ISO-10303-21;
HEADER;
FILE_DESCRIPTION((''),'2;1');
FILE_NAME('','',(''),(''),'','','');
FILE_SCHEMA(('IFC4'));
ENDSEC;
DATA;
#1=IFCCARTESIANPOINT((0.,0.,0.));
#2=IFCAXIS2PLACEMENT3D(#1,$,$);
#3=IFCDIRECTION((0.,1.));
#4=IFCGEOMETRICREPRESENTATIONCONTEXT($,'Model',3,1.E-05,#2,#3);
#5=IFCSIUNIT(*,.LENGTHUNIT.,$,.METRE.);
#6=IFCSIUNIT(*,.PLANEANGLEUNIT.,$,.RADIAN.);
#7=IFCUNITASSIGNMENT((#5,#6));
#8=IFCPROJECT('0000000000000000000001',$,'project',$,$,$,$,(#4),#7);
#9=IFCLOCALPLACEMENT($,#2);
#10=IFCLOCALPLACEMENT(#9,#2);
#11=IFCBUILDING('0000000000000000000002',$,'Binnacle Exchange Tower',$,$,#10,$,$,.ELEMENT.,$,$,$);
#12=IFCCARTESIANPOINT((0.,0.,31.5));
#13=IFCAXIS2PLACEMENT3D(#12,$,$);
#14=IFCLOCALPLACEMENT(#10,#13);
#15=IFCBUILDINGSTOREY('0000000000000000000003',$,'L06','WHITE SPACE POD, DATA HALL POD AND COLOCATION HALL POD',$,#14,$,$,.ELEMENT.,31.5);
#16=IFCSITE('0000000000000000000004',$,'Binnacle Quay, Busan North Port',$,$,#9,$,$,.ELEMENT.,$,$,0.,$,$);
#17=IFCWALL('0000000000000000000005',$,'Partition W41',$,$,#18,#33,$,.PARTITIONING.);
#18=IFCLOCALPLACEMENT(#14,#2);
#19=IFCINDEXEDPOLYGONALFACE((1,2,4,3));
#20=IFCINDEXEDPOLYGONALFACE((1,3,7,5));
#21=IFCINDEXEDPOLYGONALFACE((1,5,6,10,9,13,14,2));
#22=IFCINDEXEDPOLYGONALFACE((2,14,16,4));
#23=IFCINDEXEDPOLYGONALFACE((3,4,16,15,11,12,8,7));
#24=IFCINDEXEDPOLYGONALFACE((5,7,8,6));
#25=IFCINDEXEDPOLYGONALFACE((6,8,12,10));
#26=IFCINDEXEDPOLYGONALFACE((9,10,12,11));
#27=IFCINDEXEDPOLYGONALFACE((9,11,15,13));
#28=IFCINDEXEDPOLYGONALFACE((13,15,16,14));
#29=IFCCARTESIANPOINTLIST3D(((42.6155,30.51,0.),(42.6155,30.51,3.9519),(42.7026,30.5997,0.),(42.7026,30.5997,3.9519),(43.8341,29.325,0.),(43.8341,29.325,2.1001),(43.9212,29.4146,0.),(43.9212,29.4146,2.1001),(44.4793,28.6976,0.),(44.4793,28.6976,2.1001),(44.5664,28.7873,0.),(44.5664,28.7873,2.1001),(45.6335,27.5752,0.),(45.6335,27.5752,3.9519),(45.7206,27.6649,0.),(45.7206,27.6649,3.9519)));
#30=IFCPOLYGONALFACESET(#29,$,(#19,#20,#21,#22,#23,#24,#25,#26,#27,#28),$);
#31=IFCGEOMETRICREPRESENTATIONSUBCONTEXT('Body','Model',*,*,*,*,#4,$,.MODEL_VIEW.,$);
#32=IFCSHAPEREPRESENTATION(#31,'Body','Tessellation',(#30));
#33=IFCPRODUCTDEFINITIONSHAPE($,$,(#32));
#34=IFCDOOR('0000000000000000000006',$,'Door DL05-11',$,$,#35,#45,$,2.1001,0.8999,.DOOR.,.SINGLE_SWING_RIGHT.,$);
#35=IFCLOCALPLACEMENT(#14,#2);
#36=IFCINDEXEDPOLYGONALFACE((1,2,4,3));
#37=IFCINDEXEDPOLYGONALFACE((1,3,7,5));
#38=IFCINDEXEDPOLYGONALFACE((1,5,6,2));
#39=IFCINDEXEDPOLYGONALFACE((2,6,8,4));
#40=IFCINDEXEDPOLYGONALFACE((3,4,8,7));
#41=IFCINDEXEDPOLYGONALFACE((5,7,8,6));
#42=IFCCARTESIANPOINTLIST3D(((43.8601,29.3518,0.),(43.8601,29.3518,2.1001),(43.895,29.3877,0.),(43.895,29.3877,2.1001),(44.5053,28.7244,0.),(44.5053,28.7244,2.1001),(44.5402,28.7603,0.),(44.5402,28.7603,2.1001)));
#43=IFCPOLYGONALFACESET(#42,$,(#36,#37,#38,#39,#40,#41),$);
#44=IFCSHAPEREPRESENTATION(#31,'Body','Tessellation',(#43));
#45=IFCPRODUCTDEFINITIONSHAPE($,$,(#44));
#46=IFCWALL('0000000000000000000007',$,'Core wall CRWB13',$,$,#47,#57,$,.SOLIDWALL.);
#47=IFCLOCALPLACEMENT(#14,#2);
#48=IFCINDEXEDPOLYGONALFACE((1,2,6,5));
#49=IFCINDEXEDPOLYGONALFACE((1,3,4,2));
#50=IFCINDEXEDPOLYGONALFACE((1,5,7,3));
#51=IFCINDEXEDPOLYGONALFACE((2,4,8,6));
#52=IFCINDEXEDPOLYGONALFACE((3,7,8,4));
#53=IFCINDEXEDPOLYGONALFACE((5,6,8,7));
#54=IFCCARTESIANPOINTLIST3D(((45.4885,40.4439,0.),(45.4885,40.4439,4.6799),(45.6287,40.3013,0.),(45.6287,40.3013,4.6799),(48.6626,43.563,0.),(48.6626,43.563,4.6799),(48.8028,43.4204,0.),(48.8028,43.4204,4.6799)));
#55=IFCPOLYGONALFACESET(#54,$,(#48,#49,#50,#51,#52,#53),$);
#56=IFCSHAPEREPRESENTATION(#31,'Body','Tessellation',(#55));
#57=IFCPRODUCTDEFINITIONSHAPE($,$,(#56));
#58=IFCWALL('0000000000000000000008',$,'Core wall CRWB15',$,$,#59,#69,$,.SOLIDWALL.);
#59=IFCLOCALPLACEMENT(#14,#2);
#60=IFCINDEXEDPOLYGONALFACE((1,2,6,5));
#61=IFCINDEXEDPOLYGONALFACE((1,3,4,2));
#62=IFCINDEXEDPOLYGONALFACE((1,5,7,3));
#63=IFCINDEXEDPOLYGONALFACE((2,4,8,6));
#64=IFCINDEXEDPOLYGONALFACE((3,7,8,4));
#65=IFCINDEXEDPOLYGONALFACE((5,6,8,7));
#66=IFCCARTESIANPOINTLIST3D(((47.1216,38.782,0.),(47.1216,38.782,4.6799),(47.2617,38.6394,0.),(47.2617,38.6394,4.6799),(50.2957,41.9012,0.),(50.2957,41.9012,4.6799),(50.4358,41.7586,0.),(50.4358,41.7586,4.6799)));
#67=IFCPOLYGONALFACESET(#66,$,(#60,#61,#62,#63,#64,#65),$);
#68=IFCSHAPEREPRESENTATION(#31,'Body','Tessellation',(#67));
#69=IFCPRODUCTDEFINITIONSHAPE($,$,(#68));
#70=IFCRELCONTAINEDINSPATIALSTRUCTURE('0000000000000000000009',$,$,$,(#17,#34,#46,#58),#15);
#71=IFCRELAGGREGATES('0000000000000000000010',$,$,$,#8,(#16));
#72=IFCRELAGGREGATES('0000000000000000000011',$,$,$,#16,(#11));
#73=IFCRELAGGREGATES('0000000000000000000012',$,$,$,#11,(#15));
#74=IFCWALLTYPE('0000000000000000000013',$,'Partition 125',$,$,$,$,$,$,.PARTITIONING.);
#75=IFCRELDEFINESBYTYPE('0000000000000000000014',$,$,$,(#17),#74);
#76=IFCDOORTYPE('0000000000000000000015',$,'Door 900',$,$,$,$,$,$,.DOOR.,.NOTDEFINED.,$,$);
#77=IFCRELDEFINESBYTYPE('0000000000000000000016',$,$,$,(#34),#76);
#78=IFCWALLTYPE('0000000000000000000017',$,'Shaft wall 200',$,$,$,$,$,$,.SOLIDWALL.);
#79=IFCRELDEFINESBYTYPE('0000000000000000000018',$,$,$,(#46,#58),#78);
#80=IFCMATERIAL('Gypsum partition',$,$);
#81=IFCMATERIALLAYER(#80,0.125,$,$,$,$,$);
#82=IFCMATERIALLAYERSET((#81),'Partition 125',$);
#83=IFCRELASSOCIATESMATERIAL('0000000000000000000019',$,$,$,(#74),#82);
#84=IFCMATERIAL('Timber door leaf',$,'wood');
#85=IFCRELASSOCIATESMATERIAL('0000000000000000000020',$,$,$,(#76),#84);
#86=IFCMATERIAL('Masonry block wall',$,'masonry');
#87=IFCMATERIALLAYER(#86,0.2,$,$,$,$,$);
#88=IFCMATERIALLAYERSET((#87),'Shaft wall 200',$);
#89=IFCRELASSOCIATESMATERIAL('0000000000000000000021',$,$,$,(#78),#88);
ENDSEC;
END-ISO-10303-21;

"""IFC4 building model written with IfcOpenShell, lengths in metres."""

from ifc_helpers import new_model, si_unit, direction, frame, frame_2d, origin, place, context, subcontext, project, spatial, rectangle, extrude, material, layer, layer_set, type_object, element, fill, save


model = new_model("IFC4")

# Units and contexts
model_context = context("Model", 3, precision=1e-05, world=origin(), true_north=direction((0.0, 1.0)))
body_context = subcontext(model_context, "Body", "Model", "MODEL_VIEW")
ifc_project = project(units=[si_unit("LENGTHUNIT", "METRE"), si_unit("PLANEANGLEUNIT", "RADIAN")], contexts=[model_context])

# Site, building, storey
site_placement = place(None, origin())
site = spatial("IfcSite", under=ifc_project, at=site_placement, Name="Binnacle Quay, Busan North Port", CompositionType="ELEMENT", RefElevation=0.0)
building_placement = place(site_placement, origin())
building = spatial("IfcBuilding", under=site, at=building_placement, Name="Binnacle Exchange Tower", CompositionType="ELEMENT")
storey_placement = place(building_placement, frame((0.0, 0.0, 31.5)))
storey = spatial("IfcBuildingStorey", under=building, at=storey_placement, Name="L06", Description="WHITE SPACE POD, DATA HALL POD AND COLOCATION HALL POD", CompositionType="ELEMENT", Elevation=31.5)

# Wall, opening, door
ifc_material_1 = material(Name="Gypsum partition")
ifc_layer_1 = layer(ifc_material_1, 0.125)
ifc_layer_set_1 = layer_set([ifc_layer_1], Name="Partition 125")
wall_type_1 = type_object("IfcWallType", Name="Partition 125", PredefinedType="PARTITIONING", material=ifc_layer_set_1)
wall_1_placement = place(storey_placement, frame((42.6589, 30.5549, 0.0), z_axis=(0.0, 0.0, 1.0), x_axis=(0.716926, -0.69715, 0.0)))
wall_1 = element("IfcWall", 1, at=wall_1_placement, inside=storey, type_object=wall_type_1, Name="Partition W41", PredefinedType="PARTITIONING", context=body_context, shape_type="SweptSolid", body=[
    extrude(rectangle(XDim=4.2097, YDim=0.125, at=frame_2d((2.105, 0.0))), origin(), (0.0, 0.0, 1.0), 3.9519),
])
opening_1_placement = place(wall_1_placement, frame((1.7, 0.0, 0.0)))
opening_1 = element("IfcOpeningElement", 2, at=opening_1_placement, cuts=wall_1, PredefinedType="OPENING", context=body_context, shape_type="SweptSolid", body=[
    extrude(rectangle(XDim=0.8999, YDim=2.1001, at=frame_2d((0.45, 1.05))), frame((0.0, 0.0725, 0.0), z_axis=(0.0, -1.0, 0.0), x_axis=(1.0, 0.0, 0.0)), (0.0, 0.0, 1.0), 0.145),
])
ifc_material_2 = material(Name="Timber door leaf", Category="wood")
door_type_1 = type_object("IfcDoorType", Name="Door 900", OperationType="NOTDEFINED", PredefinedType="DOOR", material=ifc_material_2)
door_1_placement = place(opening_1_placement, origin())
door_1 = element("IfcDoor", 3, at=door_1_placement, inside=storey, type_object=door_type_1, Name="Door DL05-11", OperationType="SINGLE_SWING_RIGHT", OverallHeight=2.1001, OverallWidth=0.8999, PredefinedType="DOOR", context=body_context, shape_type="SweptSolid", body=[
    extrude(rectangle(XDim=0.8999, YDim=2.1001, at=frame_2d((0.45, 1.05))), frame((0.0, 0.0249, 0.0), z_axis=(0.0, -1.0, 0.0), x_axis=(1.0, 0.0, 0.0)), (0.0, 0.0, 1.0), 0.05),
])
fill(opening_1, door_1)

# Walls
ifc_material_3 = material(Name="Masonry block wall", Category="masonry")
ifc_layer_2 = layer(ifc_material_3, 0.2)
ifc_layer_set_2 = layer_set([ifc_layer_2], Name="Shaft wall 200")
wall_type_2 = type_object("IfcWallType", Name="Shaft wall 200", PredefinedType="SOLIDWALL", material=ifc_layer_set_2)
for number, where, z_axis, x_axis, name in (
    (4, (45.5586, 40.3726, 0.0), (0.0, 0.0, 1.0), (0.713252, 0.700908, 0.0), "Core wall CRWB13"),
    (5, (47.1917, 38.7107, 0.0), (0.0, 0.0, 1.0), (0.713252, 0.700908, 0.0), "Core wall CRWB15"),
):
    element("IfcWall", number, at=place(storey_placement, frame(where, z_axis=z_axis, x_axis=x_axis)), inside=storey, type_object=wall_type_2, Name=name, PredefinedType="SOLIDWALL", context=body_context, shape_type="SweptSolid", body=[
        extrude(rectangle(XDim=4.4502, YDim=0.2, at=frame_2d((2.2251, 0.0))), origin(), (0.0, 0.0, 1.0), 4.6799),
    ])

save(model, "model.ifc")
